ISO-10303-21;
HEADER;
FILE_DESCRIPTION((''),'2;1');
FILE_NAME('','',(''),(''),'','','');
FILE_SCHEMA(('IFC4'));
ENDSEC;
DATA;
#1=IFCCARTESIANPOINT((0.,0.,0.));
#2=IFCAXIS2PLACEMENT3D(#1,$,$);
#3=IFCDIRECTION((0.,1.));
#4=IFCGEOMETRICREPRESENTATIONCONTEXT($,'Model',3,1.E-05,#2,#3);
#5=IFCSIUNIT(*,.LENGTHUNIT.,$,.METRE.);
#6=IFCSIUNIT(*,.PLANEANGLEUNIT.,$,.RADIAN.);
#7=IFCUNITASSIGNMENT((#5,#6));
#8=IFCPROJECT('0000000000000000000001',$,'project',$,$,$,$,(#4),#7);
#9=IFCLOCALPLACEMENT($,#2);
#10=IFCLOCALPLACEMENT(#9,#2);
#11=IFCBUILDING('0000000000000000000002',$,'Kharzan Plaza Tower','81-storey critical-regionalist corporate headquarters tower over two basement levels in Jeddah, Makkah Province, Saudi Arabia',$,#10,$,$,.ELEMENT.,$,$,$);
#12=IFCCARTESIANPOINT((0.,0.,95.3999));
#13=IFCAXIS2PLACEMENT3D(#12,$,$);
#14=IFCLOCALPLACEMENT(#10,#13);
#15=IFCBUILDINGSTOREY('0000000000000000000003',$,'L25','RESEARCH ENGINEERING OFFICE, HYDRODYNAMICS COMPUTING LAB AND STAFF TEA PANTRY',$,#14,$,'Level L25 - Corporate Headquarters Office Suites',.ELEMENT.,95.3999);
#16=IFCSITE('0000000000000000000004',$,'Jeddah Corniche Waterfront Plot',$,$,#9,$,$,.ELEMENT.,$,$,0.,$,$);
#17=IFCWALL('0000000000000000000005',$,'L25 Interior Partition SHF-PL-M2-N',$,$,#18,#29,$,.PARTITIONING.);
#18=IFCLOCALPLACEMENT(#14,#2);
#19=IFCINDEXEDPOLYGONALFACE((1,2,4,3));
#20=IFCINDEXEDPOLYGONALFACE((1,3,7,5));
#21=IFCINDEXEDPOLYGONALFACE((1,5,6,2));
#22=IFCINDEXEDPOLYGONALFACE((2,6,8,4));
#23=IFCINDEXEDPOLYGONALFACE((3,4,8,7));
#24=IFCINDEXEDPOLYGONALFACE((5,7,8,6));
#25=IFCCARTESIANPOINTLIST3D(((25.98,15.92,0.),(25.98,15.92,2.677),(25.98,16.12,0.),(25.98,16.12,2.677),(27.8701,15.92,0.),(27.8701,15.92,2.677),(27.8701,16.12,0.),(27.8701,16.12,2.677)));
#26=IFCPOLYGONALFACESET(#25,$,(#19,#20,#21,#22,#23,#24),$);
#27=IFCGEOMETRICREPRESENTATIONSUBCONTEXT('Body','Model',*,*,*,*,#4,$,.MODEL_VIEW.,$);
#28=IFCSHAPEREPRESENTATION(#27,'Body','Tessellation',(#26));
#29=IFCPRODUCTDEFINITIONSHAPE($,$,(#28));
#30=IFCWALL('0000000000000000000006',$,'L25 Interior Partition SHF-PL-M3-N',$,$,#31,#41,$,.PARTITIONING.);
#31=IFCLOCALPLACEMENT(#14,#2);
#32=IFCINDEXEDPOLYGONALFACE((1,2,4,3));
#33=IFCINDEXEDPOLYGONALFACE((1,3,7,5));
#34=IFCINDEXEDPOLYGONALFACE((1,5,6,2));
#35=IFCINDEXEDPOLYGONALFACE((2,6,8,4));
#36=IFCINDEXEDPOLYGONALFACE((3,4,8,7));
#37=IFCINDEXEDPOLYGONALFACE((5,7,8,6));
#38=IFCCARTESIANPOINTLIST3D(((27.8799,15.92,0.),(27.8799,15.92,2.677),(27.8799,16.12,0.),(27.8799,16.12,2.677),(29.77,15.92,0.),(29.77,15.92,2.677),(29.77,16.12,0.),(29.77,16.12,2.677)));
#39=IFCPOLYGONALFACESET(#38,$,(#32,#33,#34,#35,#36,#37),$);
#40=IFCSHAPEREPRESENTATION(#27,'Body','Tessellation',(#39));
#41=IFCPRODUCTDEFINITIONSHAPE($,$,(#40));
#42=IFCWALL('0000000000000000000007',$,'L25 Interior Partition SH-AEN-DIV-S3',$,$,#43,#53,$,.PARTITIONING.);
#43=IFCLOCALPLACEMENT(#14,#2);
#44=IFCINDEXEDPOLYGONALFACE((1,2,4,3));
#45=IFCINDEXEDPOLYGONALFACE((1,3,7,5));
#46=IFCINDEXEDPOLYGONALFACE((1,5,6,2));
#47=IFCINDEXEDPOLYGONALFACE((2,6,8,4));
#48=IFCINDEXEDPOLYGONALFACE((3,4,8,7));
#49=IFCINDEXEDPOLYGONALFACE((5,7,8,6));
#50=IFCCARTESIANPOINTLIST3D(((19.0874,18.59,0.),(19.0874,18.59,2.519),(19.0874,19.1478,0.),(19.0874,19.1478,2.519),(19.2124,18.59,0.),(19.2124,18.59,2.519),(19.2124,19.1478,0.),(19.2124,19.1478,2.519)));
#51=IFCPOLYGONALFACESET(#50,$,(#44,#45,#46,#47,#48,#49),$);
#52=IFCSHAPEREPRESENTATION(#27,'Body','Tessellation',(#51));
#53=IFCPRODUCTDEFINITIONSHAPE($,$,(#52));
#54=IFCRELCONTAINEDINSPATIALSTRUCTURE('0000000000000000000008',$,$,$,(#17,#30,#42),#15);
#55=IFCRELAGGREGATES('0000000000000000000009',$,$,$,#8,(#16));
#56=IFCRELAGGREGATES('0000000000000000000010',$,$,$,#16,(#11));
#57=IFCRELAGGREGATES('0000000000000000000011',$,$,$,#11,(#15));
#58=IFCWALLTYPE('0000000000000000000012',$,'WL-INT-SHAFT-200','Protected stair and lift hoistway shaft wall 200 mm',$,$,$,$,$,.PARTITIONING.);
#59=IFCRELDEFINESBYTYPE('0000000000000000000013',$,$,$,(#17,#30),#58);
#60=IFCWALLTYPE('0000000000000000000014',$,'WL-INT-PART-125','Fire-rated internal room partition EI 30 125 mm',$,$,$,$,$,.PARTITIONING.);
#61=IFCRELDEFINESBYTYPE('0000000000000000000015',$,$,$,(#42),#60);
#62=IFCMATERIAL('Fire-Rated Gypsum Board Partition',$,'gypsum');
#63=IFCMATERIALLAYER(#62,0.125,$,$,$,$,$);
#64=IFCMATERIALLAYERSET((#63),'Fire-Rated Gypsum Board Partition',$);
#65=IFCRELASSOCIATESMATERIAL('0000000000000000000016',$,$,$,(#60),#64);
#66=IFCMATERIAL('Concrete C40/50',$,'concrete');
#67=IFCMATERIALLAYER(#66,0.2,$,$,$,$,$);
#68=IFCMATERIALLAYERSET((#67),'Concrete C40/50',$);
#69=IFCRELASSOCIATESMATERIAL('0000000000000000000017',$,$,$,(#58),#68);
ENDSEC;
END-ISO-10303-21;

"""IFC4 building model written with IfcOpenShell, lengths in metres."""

from ifc_helpers import new_model, si_unit, direction, frame, frame_2d, origin, place, context, subcontext, project, spatial, rectangle, extrude, source, transform, mapped, material, layer, layer_set, type_object, element, save


model = new_model("IFC4")

# Units and contexts
model_context = context("Model", 3, precision=1e-05, world=origin(), true_north=direction((0.0, 1.0)))
body_context = subcontext(model_context, "Body", "Model", "MODEL_VIEW")
ifc_project = project(units=[si_unit("LENGTHUNIT", "METRE"), si_unit("PLANEANGLEUNIT", "RADIAN")], contexts=[model_context])

# Site, building, storey
site_placement = place(None, origin())
site = spatial("IfcSite", under=ifc_project, at=site_placement, Name="Jeddah Corniche Waterfront Plot", CompositionType="ELEMENT", RefElevation=0.0)
building_placement = place(site_placement, origin())
building = spatial("IfcBuilding", under=site, at=building_placement, Name="Kharzan Plaza Tower", Description="81-storey critical-regionalist corporate headquarters tower over two basement levels in Jeddah, Makkah Province, Saudi Arabia", CompositionType="ELEMENT")
storey_placement = place(building_placement, frame((0.0, 0.0, 95.3999)))
storey = spatial("IfcBuildingStorey", under=building, at=storey_placement, Name="L25", Description="RESEARCH ENGINEERING OFFICE, HYDRODYNAMICS COMPUTING LAB AND STAFF TEA PANTRY", LongName="Level L25 - Corporate Headquarters Office Suites", CompositionType="ELEMENT", Elevation=95.3999)

# Shared definitions
ifc_material_1 = material(Name="Concrete C40/50", Category="concrete")

# Shared definitions
ifc_material_2 = material(Name="Fire-Rated Gypsum Board Partition", Category="gypsum")
ifc_layer_1 = layer(ifc_material_2, 0.125)
ifc_layer_set_1 = layer_set([ifc_layer_1], Name="Fire-Rated Gypsum Board Partition")
wall_type_1 = type_object("IfcWallType", Name="WL-INT-PART-125", Description="Fire-rated internal room partition EI 30 125 mm", PredefinedType="PARTITIONING", material=ifc_layer_set_1)
ifc_layer_2 = layer(ifc_material_1, 0.2)
ifc_layer_set_2 = layer_set([ifc_layer_2], Name="Concrete C40/50")
wall_type_2 = type_object("IfcWallType", Name="WL-INT-SHAFT-200", Description="Protected stair and lift hoistway shaft wall 200 mm", PredefinedType="PARTITIONING", material=ifc_layer_set_2)

# Walls
shared_shape_1 = source(origin(), body_context, "Body", "SweptSolid", [
    extrude(rectangle(XDim=1.8901, YDim=0.2, at=frame_2d((0.9451, 0.0))), origin(), (0.0, 0.0, 1.0), 2.677),
])
for number, where, z_axis, x_axis, name in (
    (1, (25.98, 16.02, 0.0), (0.0, 0.0, 1.0), (1.0, 0.0, 0.0), "L25 Interior Partition SHF-PL-M2-N"),
    (2, (27.8799, 16.02, 0.0), (0.0, 0.0, 1.0), (1.0, 0.0, 0.0), "L25 Interior Partition SHF-PL-M3-N"),
):
    element("IfcWall", number, at=place(storey_placement, frame(where, z_axis=z_axis, x_axis=x_axis)), inside=storey, type_object=wall_type_2, Name=name, PredefinedType="PARTITIONING", context=body_context, shape_type="MappedRepresentation", body=[
        mapped(shared_shape_1, transform((0.0, 0.0, 0.0), x_axis=(1.0, 0.0, 0.0), y_axis=(0.0, 1.0, 0.0), z_axis=(0.0, 0.0, 1.0))),
    ])
shared_shape_2 = source(origin(), body_context, "Body", "SweptSolid", [
    extrude(rectangle(XDim=0.5579, YDim=0.125, at=frame_2d((0.2788, 0.0))), origin(), (0.0, 0.0, 1.0), 2.519),
])
wall_1_placement = place(storey_placement, frame((19.1499, 18.5901, 0.0), z_axis=(0.0, 0.0, 1.0), x_axis=(0.0, 1.0, 0.0)))
element("IfcWall", 3, at=wall_1_placement, inside=storey, type_object=wall_type_1, Name="L25 Interior Partition SH-AEN-DIV-S3", PredefinedType="PARTITIONING", context=body_context, shape_type="MappedRepresentation", body=[
    mapped(shared_shape_2, transform((0.0, 0.0, 0.0), x_axis=(1.0, 0.0, 0.0), y_axis=(0.0, 1.0, 0.0), z_axis=(0.0, 0.0, 1.0))),
])

save(model, "model.ifc")
